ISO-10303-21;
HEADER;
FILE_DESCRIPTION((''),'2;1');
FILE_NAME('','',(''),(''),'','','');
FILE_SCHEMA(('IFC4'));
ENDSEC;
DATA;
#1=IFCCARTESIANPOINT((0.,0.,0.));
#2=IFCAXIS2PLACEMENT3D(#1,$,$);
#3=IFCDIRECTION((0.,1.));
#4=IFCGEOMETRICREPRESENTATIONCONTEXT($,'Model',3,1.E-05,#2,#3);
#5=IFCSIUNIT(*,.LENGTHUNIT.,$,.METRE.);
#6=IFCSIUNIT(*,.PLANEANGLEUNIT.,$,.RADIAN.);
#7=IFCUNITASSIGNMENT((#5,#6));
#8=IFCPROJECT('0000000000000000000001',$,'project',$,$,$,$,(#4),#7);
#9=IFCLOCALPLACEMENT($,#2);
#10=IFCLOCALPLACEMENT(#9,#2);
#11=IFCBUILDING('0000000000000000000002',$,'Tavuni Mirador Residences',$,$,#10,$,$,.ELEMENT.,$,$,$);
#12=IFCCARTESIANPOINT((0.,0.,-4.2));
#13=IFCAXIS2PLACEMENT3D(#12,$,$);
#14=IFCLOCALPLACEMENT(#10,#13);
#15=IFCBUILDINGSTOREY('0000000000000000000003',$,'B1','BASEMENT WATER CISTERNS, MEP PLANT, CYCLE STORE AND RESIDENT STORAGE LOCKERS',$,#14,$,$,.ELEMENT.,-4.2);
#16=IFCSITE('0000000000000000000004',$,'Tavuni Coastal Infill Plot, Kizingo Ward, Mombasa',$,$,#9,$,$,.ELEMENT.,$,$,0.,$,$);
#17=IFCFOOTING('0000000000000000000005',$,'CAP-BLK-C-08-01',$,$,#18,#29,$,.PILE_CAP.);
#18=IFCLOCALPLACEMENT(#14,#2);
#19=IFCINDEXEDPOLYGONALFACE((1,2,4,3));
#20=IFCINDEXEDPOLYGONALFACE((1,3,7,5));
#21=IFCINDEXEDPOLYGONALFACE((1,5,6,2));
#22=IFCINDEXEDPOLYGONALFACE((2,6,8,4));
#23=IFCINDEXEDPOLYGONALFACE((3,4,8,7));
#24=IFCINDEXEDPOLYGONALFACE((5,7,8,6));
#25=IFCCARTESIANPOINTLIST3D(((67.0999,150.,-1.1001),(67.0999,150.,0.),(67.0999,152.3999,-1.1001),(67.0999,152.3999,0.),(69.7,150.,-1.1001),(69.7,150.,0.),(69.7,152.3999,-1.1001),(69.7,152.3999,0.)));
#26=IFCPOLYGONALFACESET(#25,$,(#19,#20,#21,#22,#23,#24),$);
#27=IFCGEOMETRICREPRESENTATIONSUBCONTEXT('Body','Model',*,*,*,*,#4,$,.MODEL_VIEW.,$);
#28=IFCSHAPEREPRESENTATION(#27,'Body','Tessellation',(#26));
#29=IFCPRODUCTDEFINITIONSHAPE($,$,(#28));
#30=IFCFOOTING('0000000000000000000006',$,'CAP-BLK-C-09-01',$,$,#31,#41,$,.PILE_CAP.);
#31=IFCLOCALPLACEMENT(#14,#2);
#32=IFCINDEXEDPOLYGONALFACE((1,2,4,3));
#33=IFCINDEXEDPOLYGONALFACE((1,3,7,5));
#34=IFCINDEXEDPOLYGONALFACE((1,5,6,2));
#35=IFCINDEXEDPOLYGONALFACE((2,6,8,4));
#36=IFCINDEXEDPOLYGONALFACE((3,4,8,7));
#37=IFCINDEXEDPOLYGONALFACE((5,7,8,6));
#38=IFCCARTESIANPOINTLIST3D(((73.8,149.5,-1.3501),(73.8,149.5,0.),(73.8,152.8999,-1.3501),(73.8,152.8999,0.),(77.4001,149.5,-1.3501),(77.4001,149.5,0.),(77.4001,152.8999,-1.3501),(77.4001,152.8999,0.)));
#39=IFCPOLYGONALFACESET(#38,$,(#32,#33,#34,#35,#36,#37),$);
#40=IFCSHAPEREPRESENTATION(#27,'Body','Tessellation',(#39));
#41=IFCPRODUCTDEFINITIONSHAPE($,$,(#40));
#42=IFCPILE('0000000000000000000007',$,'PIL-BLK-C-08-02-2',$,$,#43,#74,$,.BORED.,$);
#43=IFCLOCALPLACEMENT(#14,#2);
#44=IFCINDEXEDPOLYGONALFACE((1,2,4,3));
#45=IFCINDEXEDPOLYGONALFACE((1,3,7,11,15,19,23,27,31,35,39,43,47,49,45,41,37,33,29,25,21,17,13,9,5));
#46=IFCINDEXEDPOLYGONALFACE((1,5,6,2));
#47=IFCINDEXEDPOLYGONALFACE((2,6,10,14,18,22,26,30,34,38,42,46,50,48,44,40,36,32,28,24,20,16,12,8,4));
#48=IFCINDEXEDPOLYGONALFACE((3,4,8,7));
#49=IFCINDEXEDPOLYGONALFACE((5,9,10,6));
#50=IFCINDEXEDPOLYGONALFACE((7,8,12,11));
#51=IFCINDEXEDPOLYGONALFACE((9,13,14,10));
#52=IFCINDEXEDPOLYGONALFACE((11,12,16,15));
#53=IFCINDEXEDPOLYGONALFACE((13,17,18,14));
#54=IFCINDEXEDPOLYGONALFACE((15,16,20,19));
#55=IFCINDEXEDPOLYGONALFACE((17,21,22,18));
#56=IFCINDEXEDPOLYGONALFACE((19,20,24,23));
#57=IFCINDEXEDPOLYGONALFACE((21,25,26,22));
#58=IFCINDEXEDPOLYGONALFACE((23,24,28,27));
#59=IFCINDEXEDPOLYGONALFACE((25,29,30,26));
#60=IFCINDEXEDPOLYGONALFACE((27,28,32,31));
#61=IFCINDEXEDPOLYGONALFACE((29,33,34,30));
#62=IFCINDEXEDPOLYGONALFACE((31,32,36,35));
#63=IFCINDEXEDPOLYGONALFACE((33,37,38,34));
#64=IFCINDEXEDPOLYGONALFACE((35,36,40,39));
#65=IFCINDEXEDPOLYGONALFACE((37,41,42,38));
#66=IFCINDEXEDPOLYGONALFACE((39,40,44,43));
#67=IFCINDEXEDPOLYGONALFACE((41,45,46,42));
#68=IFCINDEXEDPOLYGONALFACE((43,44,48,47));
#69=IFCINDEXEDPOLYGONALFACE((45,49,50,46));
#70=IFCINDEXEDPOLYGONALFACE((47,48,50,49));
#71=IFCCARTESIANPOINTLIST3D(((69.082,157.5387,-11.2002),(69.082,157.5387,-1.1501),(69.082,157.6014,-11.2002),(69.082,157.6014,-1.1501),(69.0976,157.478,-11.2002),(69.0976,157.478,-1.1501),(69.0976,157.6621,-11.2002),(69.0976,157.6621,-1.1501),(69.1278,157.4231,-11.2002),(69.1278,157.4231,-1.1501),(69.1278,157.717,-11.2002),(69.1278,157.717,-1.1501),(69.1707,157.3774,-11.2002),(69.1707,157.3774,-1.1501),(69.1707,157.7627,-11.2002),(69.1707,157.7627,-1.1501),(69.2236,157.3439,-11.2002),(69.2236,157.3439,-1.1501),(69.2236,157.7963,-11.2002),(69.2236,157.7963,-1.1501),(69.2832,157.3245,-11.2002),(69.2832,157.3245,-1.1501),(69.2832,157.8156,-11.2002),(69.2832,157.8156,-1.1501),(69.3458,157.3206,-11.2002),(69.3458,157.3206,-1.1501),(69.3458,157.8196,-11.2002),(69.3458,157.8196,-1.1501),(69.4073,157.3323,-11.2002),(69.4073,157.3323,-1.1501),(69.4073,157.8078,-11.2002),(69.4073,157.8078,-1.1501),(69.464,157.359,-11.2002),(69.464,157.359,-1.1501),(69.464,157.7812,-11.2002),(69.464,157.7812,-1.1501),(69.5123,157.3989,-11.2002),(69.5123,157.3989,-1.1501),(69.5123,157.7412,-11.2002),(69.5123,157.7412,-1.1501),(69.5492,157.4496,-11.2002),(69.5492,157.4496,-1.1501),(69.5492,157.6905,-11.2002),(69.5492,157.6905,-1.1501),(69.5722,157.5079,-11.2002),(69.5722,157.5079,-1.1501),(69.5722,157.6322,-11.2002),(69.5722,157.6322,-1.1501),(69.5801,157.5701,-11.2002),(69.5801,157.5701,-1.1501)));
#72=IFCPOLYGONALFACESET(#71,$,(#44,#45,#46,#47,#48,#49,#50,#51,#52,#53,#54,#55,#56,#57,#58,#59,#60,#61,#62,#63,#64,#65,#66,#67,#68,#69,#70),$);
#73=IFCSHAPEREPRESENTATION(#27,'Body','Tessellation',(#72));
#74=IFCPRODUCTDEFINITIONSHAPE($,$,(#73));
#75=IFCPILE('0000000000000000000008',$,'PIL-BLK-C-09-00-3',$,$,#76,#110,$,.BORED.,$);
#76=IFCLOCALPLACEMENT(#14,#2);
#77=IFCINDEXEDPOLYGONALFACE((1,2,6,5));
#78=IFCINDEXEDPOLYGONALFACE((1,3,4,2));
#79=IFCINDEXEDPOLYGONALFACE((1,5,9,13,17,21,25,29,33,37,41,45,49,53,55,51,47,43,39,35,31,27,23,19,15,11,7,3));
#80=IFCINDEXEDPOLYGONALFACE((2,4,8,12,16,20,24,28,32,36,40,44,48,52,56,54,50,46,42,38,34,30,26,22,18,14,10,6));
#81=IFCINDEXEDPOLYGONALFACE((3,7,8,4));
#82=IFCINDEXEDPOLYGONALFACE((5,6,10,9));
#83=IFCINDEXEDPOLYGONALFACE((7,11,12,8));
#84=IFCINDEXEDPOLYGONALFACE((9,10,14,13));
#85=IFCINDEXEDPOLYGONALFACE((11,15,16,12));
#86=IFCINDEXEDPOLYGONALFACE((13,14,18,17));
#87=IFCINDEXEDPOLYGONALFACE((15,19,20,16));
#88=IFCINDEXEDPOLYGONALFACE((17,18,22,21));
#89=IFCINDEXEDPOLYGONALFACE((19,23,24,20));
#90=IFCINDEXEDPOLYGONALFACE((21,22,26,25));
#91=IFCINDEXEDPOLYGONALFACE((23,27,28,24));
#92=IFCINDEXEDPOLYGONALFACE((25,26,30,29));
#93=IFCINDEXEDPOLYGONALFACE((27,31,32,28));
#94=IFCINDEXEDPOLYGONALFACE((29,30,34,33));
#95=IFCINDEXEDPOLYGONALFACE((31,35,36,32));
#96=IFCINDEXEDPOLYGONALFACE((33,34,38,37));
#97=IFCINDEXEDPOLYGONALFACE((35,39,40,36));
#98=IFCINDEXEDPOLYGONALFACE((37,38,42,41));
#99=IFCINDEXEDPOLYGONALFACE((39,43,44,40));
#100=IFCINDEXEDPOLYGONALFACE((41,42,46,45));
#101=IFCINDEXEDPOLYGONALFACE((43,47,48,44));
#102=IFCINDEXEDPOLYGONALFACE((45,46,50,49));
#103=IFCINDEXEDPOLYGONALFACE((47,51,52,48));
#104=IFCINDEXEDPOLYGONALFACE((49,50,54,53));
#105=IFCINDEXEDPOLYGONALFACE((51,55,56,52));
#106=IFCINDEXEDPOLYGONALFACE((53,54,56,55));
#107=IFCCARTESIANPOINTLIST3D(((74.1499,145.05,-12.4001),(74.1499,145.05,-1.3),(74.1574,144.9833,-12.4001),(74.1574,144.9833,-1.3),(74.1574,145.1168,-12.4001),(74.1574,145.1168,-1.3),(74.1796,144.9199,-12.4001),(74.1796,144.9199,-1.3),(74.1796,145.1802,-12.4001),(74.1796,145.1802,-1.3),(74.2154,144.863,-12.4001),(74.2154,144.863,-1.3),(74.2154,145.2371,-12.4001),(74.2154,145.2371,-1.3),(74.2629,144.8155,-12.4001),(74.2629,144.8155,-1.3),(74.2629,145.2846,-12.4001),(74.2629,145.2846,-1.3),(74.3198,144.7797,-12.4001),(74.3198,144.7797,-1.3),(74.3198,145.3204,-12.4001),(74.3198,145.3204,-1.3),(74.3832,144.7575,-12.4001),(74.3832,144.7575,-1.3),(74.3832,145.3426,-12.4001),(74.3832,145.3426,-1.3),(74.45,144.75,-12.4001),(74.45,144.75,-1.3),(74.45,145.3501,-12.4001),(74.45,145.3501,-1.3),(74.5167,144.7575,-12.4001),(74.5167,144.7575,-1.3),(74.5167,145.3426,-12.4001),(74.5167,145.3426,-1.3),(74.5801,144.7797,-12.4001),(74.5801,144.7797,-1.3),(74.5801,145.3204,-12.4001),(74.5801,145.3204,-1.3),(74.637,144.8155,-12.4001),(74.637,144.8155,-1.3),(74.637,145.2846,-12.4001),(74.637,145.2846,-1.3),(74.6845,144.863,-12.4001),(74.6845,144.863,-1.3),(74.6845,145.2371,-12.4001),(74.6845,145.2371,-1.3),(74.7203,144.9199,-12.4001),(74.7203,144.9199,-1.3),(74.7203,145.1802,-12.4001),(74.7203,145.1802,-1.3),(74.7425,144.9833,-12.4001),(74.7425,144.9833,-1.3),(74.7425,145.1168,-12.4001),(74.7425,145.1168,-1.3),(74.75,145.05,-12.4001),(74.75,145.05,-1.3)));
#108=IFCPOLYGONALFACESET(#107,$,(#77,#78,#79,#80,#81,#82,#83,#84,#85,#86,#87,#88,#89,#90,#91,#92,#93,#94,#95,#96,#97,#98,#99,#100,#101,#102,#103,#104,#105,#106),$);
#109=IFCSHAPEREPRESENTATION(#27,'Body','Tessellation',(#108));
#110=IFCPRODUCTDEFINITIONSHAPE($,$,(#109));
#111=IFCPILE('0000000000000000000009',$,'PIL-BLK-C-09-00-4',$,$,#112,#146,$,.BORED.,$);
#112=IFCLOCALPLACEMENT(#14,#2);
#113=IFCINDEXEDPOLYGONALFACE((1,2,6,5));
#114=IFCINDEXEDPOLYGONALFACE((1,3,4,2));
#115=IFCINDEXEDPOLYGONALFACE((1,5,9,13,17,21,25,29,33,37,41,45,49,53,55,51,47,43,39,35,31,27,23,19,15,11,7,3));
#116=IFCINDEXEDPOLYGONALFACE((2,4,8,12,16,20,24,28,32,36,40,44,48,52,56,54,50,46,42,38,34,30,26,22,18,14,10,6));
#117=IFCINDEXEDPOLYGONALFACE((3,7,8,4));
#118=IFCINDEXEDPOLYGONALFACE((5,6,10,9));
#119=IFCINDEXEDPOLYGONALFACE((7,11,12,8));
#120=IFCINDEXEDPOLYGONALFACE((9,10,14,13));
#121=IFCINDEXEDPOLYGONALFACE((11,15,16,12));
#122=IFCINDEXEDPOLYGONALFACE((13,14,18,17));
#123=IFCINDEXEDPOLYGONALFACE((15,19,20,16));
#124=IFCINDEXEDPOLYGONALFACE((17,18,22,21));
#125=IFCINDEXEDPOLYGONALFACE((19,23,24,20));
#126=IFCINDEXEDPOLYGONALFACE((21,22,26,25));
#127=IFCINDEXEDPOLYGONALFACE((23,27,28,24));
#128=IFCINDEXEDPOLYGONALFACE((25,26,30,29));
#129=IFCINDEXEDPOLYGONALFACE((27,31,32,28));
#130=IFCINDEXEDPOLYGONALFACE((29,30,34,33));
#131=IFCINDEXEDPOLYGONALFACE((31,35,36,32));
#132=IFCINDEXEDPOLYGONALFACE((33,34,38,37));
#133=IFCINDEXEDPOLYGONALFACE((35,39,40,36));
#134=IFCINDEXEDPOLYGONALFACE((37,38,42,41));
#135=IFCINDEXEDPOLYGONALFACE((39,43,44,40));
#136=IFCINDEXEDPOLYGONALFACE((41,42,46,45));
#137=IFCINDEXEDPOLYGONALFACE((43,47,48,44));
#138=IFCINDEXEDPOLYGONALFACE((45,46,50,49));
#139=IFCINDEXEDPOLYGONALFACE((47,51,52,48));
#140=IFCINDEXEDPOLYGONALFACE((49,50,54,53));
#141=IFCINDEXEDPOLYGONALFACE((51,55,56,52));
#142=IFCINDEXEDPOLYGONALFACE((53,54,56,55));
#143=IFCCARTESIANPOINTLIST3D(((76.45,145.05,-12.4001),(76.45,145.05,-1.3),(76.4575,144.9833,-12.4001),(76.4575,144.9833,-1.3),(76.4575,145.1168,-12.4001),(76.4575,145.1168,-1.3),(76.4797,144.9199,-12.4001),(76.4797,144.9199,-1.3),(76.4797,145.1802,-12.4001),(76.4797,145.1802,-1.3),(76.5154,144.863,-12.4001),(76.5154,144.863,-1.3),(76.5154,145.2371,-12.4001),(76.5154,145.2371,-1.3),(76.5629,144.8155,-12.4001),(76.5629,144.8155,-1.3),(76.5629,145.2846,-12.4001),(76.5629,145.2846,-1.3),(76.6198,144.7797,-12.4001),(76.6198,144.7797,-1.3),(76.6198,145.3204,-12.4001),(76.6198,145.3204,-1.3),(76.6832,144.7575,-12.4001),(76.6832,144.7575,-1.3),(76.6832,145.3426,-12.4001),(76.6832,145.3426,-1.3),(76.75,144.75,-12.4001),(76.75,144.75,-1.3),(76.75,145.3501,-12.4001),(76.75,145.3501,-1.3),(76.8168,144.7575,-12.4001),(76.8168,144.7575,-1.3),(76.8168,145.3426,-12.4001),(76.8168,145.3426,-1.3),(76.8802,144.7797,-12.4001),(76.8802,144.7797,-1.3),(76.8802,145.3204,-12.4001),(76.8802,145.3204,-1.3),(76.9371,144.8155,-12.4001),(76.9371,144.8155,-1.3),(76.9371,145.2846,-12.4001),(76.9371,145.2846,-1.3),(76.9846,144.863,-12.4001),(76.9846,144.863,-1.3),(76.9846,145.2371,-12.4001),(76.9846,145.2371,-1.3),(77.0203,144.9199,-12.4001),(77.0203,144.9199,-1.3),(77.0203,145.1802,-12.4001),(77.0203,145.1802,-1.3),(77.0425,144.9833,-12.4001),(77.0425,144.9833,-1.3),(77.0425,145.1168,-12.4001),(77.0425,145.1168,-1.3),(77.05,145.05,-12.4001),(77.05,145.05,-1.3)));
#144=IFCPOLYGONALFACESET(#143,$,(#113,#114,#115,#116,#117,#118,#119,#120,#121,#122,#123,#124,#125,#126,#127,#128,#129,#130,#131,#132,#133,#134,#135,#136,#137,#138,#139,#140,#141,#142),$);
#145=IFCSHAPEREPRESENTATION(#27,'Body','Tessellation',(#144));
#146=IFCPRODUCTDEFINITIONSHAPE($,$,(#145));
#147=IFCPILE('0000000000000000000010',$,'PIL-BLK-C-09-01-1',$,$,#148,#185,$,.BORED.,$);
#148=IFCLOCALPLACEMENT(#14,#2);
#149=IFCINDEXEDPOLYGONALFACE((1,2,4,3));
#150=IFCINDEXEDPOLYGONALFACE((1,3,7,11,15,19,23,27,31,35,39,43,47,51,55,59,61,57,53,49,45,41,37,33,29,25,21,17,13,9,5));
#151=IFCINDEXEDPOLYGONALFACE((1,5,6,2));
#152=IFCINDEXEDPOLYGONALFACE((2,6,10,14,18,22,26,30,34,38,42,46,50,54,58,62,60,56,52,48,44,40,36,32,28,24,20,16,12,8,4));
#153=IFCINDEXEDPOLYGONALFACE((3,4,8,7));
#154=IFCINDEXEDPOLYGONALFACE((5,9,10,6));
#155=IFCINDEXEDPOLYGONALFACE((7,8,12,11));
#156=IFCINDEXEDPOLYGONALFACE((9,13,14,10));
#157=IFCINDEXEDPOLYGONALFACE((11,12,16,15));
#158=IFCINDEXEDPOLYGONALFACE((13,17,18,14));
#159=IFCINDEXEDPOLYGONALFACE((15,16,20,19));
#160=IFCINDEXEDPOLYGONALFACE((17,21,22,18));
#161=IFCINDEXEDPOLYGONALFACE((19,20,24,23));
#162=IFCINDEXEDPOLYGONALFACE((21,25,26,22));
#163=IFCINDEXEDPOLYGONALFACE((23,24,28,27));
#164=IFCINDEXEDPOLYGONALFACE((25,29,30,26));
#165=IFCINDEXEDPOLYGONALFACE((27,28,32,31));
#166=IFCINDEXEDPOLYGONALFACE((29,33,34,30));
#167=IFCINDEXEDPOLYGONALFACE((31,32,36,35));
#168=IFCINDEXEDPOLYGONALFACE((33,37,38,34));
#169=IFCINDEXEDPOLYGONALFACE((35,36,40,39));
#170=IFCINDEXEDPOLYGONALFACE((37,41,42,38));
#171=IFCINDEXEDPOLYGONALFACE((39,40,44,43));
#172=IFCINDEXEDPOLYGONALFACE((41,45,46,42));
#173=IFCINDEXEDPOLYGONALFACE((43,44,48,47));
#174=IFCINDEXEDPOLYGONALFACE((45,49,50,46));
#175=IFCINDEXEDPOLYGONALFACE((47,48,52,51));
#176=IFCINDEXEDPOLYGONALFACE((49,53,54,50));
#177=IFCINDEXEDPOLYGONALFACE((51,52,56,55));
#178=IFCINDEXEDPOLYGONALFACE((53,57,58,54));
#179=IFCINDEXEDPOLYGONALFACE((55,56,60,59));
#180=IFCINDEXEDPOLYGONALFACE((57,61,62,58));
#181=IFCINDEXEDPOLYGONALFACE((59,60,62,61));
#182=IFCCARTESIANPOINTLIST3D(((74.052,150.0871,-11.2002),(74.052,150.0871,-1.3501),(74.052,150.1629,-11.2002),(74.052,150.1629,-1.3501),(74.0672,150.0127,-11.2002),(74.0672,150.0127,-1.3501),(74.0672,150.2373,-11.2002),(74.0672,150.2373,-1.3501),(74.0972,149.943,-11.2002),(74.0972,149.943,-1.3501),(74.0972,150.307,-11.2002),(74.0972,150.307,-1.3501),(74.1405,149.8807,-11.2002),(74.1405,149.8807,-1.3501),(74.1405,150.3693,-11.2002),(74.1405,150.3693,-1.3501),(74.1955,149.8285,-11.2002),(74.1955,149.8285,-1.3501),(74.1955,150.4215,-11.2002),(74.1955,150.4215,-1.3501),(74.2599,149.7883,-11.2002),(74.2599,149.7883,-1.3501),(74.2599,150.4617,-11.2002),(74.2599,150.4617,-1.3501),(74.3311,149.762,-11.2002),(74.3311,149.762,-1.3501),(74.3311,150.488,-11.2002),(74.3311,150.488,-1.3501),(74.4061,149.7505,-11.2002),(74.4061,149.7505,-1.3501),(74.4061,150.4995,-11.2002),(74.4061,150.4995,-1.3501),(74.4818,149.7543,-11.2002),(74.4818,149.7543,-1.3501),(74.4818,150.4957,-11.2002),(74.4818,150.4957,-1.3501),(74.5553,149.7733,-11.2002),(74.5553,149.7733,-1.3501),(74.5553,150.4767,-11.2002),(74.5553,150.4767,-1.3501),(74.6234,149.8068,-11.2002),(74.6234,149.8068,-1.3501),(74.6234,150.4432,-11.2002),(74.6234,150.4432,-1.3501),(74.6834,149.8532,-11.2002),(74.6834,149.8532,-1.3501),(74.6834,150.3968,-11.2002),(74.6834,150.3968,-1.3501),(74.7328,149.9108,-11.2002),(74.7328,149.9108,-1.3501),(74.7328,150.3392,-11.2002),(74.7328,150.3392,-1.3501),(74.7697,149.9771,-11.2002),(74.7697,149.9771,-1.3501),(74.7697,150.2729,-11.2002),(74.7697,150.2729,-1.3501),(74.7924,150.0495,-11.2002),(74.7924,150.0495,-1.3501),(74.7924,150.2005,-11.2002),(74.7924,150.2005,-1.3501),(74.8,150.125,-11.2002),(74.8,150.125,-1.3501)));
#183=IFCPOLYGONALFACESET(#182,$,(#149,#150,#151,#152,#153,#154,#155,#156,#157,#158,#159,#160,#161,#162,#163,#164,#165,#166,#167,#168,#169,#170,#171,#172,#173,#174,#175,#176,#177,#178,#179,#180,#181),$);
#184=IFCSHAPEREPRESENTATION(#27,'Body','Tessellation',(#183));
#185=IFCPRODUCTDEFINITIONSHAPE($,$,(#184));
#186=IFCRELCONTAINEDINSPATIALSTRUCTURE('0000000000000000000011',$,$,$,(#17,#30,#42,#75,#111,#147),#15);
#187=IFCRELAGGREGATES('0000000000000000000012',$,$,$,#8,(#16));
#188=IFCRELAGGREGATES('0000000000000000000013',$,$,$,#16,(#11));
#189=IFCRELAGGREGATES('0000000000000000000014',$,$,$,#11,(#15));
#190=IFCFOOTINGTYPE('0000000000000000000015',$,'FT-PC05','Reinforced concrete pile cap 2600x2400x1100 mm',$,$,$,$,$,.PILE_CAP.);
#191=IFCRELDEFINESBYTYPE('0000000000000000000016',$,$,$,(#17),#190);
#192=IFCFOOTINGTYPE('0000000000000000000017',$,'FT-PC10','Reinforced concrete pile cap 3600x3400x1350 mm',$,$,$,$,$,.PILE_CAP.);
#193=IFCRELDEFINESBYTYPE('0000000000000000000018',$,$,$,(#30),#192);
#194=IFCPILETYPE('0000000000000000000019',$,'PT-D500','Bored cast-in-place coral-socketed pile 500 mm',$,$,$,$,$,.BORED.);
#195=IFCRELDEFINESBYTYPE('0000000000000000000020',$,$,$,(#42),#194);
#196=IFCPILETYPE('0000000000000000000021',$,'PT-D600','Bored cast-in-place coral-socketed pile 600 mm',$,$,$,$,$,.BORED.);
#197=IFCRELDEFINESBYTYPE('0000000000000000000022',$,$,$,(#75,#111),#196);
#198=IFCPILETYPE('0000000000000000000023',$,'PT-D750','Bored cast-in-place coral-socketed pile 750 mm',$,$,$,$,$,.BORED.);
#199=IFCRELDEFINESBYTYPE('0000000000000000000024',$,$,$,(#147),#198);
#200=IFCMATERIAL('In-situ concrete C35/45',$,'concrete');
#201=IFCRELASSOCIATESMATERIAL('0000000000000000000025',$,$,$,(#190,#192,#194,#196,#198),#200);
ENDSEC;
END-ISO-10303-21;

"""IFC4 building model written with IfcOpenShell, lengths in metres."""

from ifc_helpers import new_model, si_unit, direction, frame, origin, origin_2d, place, context, subcontext, project, spatial, rectangle, circle, extrude, material, material_profile, profile_set, type_object, element, save


model = new_model("IFC4")

# Units and contexts
model_context = context("Model", 3, precision=1e-05, world=origin(), true_north=direction((0.0, 1.0)))
body_context = subcontext(model_context, "Body", "Model", "MODEL_VIEW")
ifc_project = project(units=[si_unit("LENGTHUNIT", "METRE"), si_unit("PLANEANGLEUNIT", "RADIAN")], contexts=[model_context])

# Site, building, storey
site_placement = place(None, origin())
site = spatial("IfcSite", under=ifc_project, at=site_placement, Name="Tavuni Coastal Infill Plot, Kizingo Ward, Mombasa", CompositionType="ELEMENT", RefElevation=0.0)
building_placement = place(site_placement, origin())
building = spatial("IfcBuilding", under=site, at=building_placement, Name="Tavuni Mirador Residences", CompositionType="ELEMENT")
storey_placement = place(building_placement, frame((0.0, 0.0, -4.2)))
storey = spatial("IfcBuildingStorey", under=building, at=storey_placement, Name="B1", Description="BASEMENT WATER CISTERNS, MEP PLANT, CYCLE STORE AND RESIDENT STORAGE LOCKERS", CompositionType="ELEMENT", Elevation=-4.2)

# Footings
ifc_material_1 = material(Name="In-situ concrete C35/45", Category="concrete")
footing_type_1 = type_object("IfcFootingType", Name="FT-PC05", Description="Reinforced concrete pile cap 2600x2400x1100 mm", PredefinedType="PILE_CAP", material=ifc_material_1)
footing_1_placement = place(storey_placement, frame((68.3999, 151.2, -1.1001), z_axis=(0.0, 0.0, 1.0), x_axis=(1.0, 0.0, 0.0)))
element("IfcFooting", 1, at=footing_1_placement, inside=storey, type_object=footing_type_1, Name="CAP-BLK-C-08-01", PredefinedType="PILE_CAP", context=body_context, shape_type="SweptSolid", body=[
    extrude(rectangle(XDim=2.6001, YDim=2.3999, at=origin_2d()), origin(), (0.0, 0.0, 1.0), 1.1001),
])
footing_type_2 = type_object("IfcFootingType", Name="FT-PC10", Description="Reinforced concrete pile cap 3600x3400x1350 mm", PredefinedType="PILE_CAP", material=ifc_material_1)
footing_2_placement = place(storey_placement, frame((75.6001, 151.2, -1.3501), z_axis=(0.0, 0.0, 1.0), x_axis=(1.0, 0.0, 0.0)))
element("IfcFooting", 2, at=footing_2_placement, inside=storey, type_object=footing_type_2, Name="CAP-BLK-C-09-01", PredefinedType="PILE_CAP", context=body_context, shape_type="SweptSolid", body=[
    extrude(rectangle(XDim=3.6001, YDim=3.3999, at=origin_2d()), origin(), (0.0, 0.0, 1.0), 1.3501),
])

# Piles
ifc_material_profile_1 = material_profile(ifc_material_1, circle(Radius=0.25, at=origin_2d()), Name="PILE D500", Category="concrete")
ifc_profile_set_1 = profile_set([ifc_material_profile_1], Name="In-situ concrete C35/45")
pile_type_1 = type_object("IfcPileType", Name="PT-D500", Description="Bored cast-in-place coral-socketed pile 500 mm", PredefinedType="BORED", material=ifc_profile_set_1)
pile_1_placement = place(storey_placement, frame((69.3301, 157.5701, -1.1501), z_axis=(0.0, 0.0, -1.0), x_axis=(1.0, 0.0, 0.0)))
element("IfcPile", 3, at=pile_1_placement, inside=storey, type_object=pile_type_1, Name="PIL-BLK-C-08-02-2", PredefinedType="BORED", context=body_context, shape_type="SweptSolid", body=[
    extrude(circle(Radius=0.25, at=origin_2d()), origin(), (0.0, 0.0, 1.0), 10.05),
])
ifc_material_profile_2 = material_profile(ifc_material_1, circle(Radius=0.3, at=origin_2d()), Name="PILE D600", Category="concrete")
ifc_profile_set_2 = profile_set([ifc_material_profile_2], Name="In-situ concrete C35/45")
pile_type_2 = type_object("IfcPileType", Name="PT-D600", Description="Bored cast-in-place coral-socketed pile 600 mm", PredefinedType="BORED", material=ifc_profile_set_2)
for number, where, z_axis, x_axis, name in (
    (4, (74.45, 145.05, -1.3), (0.0, 0.0, -1.0), (1.0, 0.0, 0.0), "PIL-BLK-C-09-00-3"),
    (5, (76.75, 145.05, -1.3), (0.0, 0.0, -1.0), (1.0, 0.0, 0.0), "PIL-BLK-C-09-00-4"),
):
    element("IfcPile", number, at=place(storey_placement, frame(where, z_axis=z_axis, x_axis=x_axis)), inside=storey, type_object=pile_type_2, Name=name, PredefinedType="BORED", context=body_context, shape_type="SweptSolid", body=[
        extrude(circle(Radius=0.3, at=origin_2d()), origin(), (0.0, 0.0, 1.0), 11.1001),
    ])
ifc_material_profile_3 = material_profile(ifc_material_1, circle(Radius=0.375, at=origin_2d()), Name="PILE D750", Category="concrete")
ifc_profile_set_3 = profile_set([ifc_material_profile_3], Name="In-situ concrete C35/45")
pile_type_3 = type_object("IfcPileType", Name="PT-D750", Description="Bored cast-in-place coral-socketed pile 750 mm", PredefinedType="BORED", material=ifc_profile_set_3)
for number, where, z_axis, x_axis, name in (
    (6, (74.425, 150.125, -1.3501), (0.0, 0.0, -1.0), (1.0, 0.0, 0.0), "PIL-BLK-C-09-01-1"),
):
    element("IfcPile", number, at=place(storey_placement, frame(where, z_axis=z_axis, x_axis=x_axis)), inside=storey, type_object=pile_type_3, Name=name, PredefinedType="BORED", context=body_context, shape_type="SweptSolid", body=[
        extrude(circle(Radius=0.375, at=origin_2d()), origin(), (0.0, 0.0, 1.0), 9.8501),
    ])

save(model, "model.ifc")
